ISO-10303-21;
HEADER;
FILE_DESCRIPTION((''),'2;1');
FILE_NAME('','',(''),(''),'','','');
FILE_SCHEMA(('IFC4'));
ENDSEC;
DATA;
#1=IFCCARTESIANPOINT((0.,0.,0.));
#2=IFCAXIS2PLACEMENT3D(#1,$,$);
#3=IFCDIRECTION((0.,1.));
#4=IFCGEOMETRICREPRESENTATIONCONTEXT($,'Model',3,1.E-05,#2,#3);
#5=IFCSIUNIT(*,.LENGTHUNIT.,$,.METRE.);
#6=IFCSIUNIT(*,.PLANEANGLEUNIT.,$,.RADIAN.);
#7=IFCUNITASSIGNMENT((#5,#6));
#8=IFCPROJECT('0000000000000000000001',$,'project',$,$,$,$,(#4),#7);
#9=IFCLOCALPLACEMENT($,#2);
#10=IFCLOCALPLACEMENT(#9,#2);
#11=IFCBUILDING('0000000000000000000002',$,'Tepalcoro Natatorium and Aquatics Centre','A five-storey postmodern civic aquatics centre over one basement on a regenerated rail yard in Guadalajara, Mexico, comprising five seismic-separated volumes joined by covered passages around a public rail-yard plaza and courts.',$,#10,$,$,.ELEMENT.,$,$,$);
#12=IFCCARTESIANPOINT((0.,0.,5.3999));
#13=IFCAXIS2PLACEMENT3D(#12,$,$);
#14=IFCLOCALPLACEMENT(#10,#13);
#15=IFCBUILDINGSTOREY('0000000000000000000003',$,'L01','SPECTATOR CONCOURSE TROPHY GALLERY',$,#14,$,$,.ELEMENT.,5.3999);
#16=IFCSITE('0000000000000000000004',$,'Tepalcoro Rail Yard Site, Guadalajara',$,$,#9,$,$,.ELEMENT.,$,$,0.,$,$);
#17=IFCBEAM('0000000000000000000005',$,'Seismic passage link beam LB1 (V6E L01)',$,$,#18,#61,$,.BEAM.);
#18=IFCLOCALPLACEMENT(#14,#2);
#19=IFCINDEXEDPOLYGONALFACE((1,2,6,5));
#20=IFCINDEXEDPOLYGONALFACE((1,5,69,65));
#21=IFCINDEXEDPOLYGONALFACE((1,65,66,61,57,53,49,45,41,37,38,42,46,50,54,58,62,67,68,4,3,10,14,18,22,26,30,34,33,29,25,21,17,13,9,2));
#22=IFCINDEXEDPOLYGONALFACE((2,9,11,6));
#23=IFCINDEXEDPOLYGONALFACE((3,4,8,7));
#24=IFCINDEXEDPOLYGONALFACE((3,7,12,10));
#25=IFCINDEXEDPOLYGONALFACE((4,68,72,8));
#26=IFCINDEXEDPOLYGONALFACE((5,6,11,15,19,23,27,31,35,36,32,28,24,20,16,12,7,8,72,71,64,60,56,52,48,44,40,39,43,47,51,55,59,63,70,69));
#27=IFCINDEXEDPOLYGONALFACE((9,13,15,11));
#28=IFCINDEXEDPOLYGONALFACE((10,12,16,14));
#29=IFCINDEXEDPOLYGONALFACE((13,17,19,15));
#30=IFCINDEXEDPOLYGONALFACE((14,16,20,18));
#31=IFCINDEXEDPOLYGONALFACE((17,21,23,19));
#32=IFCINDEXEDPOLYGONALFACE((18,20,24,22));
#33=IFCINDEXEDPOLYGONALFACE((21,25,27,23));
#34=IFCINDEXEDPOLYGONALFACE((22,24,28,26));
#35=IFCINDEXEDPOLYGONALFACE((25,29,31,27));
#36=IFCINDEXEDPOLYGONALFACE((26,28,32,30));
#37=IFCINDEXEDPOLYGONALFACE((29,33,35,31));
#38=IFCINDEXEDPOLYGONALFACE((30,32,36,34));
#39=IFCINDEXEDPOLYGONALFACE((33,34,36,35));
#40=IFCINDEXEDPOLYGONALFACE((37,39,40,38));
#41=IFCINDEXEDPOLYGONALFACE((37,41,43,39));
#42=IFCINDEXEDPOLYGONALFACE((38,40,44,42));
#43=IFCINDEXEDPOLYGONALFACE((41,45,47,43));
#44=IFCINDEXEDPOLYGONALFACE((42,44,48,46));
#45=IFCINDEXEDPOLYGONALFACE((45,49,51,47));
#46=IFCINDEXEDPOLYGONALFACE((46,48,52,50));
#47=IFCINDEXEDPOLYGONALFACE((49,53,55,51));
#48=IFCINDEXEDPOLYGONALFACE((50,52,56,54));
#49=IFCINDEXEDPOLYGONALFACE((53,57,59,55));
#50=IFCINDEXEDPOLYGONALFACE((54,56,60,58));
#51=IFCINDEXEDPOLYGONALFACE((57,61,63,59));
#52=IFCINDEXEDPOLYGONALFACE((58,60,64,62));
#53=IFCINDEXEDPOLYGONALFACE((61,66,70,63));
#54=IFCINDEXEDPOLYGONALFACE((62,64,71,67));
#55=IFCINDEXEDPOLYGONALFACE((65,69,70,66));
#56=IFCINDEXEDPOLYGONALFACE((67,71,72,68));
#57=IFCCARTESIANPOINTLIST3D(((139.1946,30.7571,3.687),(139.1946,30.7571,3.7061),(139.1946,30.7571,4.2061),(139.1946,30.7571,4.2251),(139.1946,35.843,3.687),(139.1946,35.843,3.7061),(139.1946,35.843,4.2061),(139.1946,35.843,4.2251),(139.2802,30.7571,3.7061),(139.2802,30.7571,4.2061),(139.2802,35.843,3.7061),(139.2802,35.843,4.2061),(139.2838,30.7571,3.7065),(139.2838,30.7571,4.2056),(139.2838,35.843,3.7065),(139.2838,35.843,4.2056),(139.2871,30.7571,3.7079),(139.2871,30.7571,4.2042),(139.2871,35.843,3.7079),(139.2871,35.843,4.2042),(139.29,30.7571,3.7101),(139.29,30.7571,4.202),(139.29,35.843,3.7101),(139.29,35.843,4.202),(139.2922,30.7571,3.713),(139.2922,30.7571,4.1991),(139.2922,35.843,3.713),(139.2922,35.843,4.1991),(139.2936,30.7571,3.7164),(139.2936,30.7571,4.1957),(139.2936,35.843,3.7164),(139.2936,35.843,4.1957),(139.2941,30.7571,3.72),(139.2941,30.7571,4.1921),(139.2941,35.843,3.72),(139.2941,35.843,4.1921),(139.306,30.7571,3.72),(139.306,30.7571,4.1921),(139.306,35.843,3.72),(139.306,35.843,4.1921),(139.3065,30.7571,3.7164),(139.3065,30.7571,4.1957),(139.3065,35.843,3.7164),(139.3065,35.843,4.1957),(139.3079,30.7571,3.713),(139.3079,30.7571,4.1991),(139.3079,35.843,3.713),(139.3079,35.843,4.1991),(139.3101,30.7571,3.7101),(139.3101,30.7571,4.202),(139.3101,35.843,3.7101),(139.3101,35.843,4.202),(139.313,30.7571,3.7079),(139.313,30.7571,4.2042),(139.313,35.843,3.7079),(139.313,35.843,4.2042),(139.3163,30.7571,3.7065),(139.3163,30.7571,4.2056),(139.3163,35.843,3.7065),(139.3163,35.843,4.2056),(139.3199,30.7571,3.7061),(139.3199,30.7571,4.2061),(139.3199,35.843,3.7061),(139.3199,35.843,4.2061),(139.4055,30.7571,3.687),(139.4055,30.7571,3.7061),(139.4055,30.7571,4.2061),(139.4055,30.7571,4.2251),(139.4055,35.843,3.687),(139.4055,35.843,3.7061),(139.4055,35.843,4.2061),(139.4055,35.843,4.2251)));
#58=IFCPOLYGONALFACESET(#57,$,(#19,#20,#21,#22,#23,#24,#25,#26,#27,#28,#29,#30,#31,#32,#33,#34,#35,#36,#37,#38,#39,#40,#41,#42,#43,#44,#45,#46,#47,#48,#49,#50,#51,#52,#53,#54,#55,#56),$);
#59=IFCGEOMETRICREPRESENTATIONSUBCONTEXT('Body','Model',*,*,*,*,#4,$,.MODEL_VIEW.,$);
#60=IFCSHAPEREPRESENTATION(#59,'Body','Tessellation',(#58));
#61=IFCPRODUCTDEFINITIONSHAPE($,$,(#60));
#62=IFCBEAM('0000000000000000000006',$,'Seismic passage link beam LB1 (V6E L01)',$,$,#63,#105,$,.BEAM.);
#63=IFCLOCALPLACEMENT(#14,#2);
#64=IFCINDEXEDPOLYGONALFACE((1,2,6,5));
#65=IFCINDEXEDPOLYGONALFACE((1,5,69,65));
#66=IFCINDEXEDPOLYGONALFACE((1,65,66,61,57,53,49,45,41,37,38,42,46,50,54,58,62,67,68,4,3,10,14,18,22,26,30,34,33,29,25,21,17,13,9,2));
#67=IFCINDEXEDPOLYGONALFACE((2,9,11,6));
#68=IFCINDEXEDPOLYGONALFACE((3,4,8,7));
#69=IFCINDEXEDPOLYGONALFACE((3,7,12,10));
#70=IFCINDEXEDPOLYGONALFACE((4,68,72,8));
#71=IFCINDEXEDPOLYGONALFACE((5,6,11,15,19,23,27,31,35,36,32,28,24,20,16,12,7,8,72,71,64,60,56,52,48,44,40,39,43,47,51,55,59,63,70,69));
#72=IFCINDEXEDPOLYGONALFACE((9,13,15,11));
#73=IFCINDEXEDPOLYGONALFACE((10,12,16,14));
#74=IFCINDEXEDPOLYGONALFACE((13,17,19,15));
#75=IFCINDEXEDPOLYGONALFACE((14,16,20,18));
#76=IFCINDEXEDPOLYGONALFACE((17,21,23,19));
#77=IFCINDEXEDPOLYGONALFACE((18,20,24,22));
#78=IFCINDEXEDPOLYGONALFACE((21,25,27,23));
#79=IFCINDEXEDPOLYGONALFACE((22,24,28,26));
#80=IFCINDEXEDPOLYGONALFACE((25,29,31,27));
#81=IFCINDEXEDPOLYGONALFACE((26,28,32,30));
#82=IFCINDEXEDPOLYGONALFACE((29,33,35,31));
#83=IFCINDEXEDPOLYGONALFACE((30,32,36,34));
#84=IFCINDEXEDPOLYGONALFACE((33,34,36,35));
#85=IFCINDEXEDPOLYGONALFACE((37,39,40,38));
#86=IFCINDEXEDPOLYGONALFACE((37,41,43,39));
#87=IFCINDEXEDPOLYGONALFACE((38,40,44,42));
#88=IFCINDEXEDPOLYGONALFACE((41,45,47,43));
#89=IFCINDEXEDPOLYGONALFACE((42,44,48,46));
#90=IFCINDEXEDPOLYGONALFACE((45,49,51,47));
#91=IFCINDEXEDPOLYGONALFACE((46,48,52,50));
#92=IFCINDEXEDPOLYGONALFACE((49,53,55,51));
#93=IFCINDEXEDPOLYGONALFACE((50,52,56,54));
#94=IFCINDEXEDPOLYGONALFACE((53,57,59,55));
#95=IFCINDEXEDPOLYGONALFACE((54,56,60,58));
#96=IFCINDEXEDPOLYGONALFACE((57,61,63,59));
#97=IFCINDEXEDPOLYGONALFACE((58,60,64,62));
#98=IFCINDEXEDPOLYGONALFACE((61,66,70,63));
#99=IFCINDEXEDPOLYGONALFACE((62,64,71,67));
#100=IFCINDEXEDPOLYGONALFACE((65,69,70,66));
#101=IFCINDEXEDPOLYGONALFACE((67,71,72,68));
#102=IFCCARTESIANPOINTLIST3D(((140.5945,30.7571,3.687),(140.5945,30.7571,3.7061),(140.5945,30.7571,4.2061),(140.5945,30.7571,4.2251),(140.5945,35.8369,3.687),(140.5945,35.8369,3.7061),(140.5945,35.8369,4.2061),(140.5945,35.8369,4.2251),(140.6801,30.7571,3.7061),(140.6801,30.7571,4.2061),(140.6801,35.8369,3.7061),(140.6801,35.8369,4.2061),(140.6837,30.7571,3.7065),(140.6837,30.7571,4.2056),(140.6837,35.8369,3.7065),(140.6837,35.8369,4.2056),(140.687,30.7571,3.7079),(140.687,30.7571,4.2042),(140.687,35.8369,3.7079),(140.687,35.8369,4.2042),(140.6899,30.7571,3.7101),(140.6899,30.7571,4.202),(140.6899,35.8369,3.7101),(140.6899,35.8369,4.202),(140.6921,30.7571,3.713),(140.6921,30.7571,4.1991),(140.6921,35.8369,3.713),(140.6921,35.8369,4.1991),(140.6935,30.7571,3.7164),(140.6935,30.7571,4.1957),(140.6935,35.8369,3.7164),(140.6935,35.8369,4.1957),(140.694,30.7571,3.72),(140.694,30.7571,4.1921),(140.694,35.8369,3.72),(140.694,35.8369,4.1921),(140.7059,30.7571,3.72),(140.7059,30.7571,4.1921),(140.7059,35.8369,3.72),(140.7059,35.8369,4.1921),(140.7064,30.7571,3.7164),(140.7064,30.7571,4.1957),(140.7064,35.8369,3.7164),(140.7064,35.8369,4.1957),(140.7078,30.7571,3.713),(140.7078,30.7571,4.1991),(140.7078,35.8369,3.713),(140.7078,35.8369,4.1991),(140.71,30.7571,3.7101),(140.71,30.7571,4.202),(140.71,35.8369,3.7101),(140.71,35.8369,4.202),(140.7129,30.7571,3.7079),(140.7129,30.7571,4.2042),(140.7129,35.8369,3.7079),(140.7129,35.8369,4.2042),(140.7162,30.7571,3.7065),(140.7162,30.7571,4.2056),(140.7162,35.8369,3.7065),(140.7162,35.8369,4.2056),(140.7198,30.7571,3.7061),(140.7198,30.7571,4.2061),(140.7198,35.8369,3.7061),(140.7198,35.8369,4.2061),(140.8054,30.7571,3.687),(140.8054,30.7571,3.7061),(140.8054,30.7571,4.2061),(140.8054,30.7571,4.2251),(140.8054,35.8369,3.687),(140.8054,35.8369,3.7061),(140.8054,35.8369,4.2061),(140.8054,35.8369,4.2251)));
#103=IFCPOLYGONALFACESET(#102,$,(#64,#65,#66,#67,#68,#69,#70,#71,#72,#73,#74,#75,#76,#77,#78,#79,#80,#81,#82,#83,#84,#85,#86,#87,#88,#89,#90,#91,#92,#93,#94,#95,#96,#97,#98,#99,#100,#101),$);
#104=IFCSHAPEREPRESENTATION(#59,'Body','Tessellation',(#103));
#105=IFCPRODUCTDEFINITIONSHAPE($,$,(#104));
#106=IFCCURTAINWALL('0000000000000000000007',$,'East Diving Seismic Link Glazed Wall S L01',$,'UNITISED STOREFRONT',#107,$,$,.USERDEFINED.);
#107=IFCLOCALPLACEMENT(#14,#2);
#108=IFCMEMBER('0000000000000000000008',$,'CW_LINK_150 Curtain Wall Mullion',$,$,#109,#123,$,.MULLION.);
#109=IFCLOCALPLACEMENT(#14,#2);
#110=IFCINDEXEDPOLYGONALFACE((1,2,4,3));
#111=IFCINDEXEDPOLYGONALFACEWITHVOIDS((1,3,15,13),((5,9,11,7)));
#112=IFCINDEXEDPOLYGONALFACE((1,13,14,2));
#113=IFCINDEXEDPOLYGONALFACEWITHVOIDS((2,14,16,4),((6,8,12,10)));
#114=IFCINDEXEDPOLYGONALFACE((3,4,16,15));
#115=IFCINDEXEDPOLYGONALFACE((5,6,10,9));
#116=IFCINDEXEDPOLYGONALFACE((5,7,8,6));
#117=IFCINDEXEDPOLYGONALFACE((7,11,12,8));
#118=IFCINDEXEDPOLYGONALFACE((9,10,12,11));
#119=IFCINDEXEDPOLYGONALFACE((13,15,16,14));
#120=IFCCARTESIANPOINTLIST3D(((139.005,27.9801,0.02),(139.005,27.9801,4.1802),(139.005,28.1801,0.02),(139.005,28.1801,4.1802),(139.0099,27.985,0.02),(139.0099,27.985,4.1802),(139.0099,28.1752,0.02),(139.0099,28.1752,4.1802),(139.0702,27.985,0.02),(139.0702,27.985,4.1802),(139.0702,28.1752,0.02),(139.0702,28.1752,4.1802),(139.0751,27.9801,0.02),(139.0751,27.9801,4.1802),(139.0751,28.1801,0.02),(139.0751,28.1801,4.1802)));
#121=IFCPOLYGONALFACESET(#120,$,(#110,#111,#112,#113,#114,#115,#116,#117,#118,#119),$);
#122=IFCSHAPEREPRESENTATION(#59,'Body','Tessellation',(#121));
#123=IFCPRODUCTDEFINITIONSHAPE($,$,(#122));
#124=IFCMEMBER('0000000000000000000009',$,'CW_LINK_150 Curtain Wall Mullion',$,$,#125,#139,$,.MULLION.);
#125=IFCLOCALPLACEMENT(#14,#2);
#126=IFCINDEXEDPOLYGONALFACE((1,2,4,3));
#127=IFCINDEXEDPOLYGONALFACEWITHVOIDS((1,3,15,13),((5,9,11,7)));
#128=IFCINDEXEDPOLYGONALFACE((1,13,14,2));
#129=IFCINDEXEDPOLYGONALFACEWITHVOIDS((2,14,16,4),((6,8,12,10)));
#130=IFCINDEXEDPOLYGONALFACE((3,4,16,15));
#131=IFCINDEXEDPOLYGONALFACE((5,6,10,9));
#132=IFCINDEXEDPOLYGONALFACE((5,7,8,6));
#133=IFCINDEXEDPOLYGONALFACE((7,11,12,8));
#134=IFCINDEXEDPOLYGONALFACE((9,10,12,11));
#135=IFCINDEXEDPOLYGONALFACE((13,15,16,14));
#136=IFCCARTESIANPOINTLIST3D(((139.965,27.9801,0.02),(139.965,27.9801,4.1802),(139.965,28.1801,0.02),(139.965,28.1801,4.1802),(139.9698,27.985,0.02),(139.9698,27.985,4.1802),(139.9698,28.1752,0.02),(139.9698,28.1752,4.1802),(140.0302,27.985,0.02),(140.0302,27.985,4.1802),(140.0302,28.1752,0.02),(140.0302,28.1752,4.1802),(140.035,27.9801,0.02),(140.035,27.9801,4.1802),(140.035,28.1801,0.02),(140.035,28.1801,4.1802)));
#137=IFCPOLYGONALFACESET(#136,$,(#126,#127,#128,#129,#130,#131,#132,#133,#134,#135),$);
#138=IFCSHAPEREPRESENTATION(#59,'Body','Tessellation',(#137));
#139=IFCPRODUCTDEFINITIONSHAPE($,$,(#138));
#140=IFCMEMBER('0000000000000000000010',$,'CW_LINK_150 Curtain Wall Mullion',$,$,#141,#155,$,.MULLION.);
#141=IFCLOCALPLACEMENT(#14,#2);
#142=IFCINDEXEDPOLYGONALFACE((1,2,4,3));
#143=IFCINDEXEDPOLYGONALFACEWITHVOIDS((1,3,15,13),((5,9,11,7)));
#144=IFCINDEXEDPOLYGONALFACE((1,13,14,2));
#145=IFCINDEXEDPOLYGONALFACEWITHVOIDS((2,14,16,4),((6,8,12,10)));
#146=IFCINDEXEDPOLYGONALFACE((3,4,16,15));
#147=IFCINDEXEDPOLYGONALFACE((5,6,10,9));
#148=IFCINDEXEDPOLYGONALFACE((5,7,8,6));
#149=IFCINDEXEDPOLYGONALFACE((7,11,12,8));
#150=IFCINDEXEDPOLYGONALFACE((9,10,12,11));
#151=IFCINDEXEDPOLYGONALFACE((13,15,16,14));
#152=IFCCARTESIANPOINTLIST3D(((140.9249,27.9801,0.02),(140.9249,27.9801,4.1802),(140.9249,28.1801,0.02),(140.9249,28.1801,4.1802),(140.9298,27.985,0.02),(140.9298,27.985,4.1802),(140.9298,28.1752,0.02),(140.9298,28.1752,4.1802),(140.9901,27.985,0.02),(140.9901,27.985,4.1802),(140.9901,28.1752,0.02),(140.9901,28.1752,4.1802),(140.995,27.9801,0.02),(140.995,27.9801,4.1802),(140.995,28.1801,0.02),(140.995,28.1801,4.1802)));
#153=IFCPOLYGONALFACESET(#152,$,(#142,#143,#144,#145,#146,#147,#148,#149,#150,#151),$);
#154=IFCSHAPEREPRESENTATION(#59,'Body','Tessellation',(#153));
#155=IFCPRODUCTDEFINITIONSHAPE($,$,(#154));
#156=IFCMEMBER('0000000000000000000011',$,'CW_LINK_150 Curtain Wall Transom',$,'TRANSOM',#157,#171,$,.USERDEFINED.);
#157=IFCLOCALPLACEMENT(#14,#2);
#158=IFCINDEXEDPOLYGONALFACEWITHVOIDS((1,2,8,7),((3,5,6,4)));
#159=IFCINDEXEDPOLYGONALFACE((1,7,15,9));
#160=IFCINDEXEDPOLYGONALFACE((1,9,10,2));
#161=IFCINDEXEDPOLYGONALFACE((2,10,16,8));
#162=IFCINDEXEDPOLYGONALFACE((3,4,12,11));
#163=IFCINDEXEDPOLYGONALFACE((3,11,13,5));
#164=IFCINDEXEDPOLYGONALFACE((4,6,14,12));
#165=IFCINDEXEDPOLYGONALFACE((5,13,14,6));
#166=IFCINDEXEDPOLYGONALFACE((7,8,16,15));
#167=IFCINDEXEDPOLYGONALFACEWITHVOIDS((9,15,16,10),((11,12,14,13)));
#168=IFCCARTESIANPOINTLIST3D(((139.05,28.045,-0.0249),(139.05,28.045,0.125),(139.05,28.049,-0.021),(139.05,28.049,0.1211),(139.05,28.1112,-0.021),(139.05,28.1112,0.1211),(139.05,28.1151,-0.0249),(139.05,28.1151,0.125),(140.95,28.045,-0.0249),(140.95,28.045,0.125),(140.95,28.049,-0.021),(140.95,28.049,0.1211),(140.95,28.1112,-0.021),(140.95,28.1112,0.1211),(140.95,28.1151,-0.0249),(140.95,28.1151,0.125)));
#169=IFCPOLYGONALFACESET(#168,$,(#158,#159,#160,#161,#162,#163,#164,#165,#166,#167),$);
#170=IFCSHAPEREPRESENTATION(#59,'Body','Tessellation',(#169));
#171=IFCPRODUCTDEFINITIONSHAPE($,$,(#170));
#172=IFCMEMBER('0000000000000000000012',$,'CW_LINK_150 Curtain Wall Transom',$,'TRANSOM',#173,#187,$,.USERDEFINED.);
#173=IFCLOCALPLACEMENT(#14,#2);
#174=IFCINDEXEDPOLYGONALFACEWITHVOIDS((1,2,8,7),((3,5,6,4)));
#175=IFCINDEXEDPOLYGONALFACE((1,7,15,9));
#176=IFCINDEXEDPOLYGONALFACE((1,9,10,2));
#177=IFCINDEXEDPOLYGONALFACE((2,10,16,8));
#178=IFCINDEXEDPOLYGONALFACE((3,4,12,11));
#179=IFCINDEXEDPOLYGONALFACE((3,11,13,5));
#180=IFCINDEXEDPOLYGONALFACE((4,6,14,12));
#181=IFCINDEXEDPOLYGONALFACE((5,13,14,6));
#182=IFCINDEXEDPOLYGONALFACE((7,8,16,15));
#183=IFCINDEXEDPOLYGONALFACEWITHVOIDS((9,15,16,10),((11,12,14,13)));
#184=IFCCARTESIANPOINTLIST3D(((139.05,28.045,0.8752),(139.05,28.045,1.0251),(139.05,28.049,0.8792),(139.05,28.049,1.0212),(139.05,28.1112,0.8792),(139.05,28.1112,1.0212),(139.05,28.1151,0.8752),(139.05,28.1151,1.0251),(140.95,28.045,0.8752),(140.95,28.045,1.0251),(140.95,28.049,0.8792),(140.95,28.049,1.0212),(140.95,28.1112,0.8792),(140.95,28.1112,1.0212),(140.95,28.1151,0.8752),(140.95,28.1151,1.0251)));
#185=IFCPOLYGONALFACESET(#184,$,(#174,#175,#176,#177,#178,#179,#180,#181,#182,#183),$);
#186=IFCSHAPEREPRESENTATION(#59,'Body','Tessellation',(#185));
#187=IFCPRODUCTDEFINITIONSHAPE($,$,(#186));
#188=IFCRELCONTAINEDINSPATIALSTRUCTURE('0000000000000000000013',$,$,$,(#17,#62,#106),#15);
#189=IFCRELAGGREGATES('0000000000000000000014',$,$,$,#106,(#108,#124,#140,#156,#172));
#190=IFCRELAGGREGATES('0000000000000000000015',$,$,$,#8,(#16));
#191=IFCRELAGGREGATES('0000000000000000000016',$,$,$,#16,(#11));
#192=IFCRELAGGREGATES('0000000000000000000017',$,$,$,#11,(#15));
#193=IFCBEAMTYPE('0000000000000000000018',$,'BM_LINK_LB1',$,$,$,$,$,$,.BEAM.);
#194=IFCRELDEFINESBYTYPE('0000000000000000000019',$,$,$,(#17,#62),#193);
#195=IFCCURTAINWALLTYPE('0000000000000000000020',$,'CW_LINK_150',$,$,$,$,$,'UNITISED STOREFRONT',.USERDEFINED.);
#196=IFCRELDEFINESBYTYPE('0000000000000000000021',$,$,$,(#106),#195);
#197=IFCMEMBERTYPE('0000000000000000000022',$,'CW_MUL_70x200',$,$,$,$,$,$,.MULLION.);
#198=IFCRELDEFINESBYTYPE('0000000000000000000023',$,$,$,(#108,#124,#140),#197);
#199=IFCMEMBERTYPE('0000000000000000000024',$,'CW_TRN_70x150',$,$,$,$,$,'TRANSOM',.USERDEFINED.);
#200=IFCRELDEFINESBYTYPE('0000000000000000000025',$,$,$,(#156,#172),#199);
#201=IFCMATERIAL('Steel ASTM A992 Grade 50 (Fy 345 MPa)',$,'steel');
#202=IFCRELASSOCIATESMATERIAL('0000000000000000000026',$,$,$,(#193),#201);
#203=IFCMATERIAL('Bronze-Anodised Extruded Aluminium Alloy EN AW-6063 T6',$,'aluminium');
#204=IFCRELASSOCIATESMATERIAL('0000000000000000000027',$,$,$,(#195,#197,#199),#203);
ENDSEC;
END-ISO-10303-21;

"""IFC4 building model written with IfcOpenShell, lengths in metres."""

from ifc_helpers import new_model, si_unit, direction, frame, origin, origin_2d, place, context, subcontext, project, spatial, hollow_rectangle, i_section, extrude, material, material_profile, profile_set, type_object, element, aggregate, save


model = new_model("IFC4")

# Units and contexts
model_context = context("Model", 3, precision=1e-05, world=origin(), true_north=direction((0.0, 1.0)))
body_context = subcontext(model_context, "Body", "Model", "MODEL_VIEW")
ifc_project = project(units=[si_unit("LENGTHUNIT", "METRE"), si_unit("PLANEANGLEUNIT", "RADIAN")], contexts=[model_context])

# Site, building, storey
site_placement = place(None, origin())
site = spatial("IfcSite", under=ifc_project, at=site_placement, Name="Tepalcoro Rail Yard Site, Guadalajara", CompositionType="ELEMENT", RefElevation=0.0)
building_placement = place(site_placement, origin())
building = spatial("IfcBuilding", under=site, at=building_placement, Name="Tepalcoro Natatorium and Aquatics Centre", Description="A five-storey postmodern civic aquatics centre over one basement on a regenerated rail yard in Guadalajara, Mexico, comprising five seismic-separated volumes joined by covered passages around a public rail-yard plaza and courts.", CompositionType="ELEMENT")
storey_placement = place(building_placement, frame((0.0, 0.0, 5.3999)))
storey = spatial("IfcBuildingStorey", under=building, at=storey_placement, Name="L01", Description="SPECTATOR CONCOURSE TROPHY GALLERY", CompositionType="ELEMENT", Elevation=5.3999)

# Shared definitions
ifc_material_1 = material(Name="Steel ASTM A992 Grade 50 (Fy 345 MPa)", Category="steel")

# Beams
ifc_material_profile_1 = material_profile(ifc_material_1, i_section(OverallWidth=0.2109, OverallDepth=0.5381, WebThickness=0.012, FlangeThickness=0.019, FilletRadius=0.0139, at=origin_2d()), Name="W21X73")
ifc_profile_set_1 = profile_set([ifc_material_profile_1], Name="Steel ASTM A992 Grade 50 (Fy 345 MPa)")
beam_type_1 = type_object("IfcBeamType", Name="BM_LINK_LB1", PredefinedType="BEAM", material=ifc_profile_set_1)
beam_1_placement = place(storey_placement, frame((139.3, 30.7571, 3.9561), z_axis=(0.0, 1.0, 0.0), x_axis=(-1.0, 0.0, 0.0)))
element("IfcBeam", 1, at=beam_1_placement, inside=storey, type_object=beam_type_1, Name="Seismic passage link beam LB1 (V6E L01)", PredefinedType="BEAM", context=body_context, shape_type="SweptSolid", body=[
    extrude(i_section(OverallWidth=0.2109, OverallDepth=0.5381, WebThickness=0.012, FlangeThickness=0.019, FilletRadius=0.0139, at=origin_2d()), origin(), (0.0, 0.0, 1.0), 5.0859),
])
beam_2_placement = place(storey_placement, frame((140.7, 30.7571, 3.9561), z_axis=(0.0, 1.0, 0.0), x_axis=(-1.0, 0.0, 0.0)))
element("IfcBeam", 2, at=beam_2_placement, inside=storey, type_object=beam_type_1, Name="Seismic passage link beam LB1 (V6E L01)", PredefinedType="BEAM", context=body_context, shape_type="SweptSolid", body=[
    extrude(i_section(OverallWidth=0.2109, OverallDepth=0.5381, WebThickness=0.012, FlangeThickness=0.019, FilletRadius=0.0139, at=origin_2d()), origin(), (0.0, 0.0, 1.0), 5.0798),
])

# Curtain wall, members
ifc_material_2 = material(Name="Bronze-Anodised Extruded Aluminium Alloy EN AW-6063 T6", Category="aluminium")
curtain_wall_type = type_object("IfcCurtainWallType", Name="CW_LINK_150", ElementType="UNITISED STOREFRONT", PredefinedType="USERDEFINED", material=ifc_material_2)
curtain_wall_placement = place(storey_placement, origin())
curtain_wall = element("IfcCurtainWall", 3, at=curtain_wall_placement, inside=storey, type_object=curtain_wall_type, Name="East Diving Seismic Link Glazed Wall S L01", ObjectType="UNITISED STOREFRONT", PredefinedType="USERDEFINED")
ifc_material_profile_2 = material_profile(ifc_material_2, hollow_rectangle(XDim=0.0701, YDim=0.2, WallThickness=0.0049, at=origin_2d()), Name="AL70X200X5")
ifc_profile_set_2 = profile_set([ifc_material_profile_2], Name="Bronze-Anodised Extruded Aluminium Alloy EN AW-6063 T6")
member_type_1 = type_object("IfcMemberType", Name="CW_MUL_70x200", PredefinedType="MULLION", material=ifc_profile_set_2)
member_1_placement = place(storey_placement, frame((139.04, 28.0801, 0.02), z_axis=(0.0, 0.0, 1.0), x_axis=(1.0, 0.0, 0.0)))
member_1 = element("IfcMember", 4, at=member_1_placement, type_object=member_type_1, Name="CW_LINK_150 Curtain Wall Mullion", PredefinedType="MULLION", context=body_context, shape_type="SweptSolid", body=[
    extrude(hollow_rectangle(XDim=0.0701, YDim=0.2, WallThickness=0.0049, at=origin_2d()), origin(), (0.0, 0.0, 1.0), 4.1602),
])
member_2_placement = place(storey_placement, frame((140.0, 28.0801, 0.02), z_axis=(0.0, 0.0, 1.0), x_axis=(1.0, 0.0, 0.0)))
member_2 = element("IfcMember", 5, at=member_2_placement, type_object=member_type_1, Name="CW_LINK_150 Curtain Wall Mullion", PredefinedType="MULLION", context=body_context, shape_type="SweptSolid", body=[
    extrude(hollow_rectangle(XDim=0.0701, YDim=0.2, WallThickness=0.0049, at=origin_2d()), origin(), (0.0, 0.0, 1.0), 4.1602),
])
member_3_placement = place(storey_placement, frame((140.96, 28.0801, 0.02), z_axis=(0.0, 0.0, 1.0), x_axis=(1.0, 0.0, 0.0)))
member_3 = element("IfcMember", 6, at=member_3_placement, type_object=member_type_1, Name="CW_LINK_150 Curtain Wall Mullion", PredefinedType="MULLION", context=body_context, shape_type="SweptSolid", body=[
    extrude(hollow_rectangle(XDim=0.0701, YDim=0.2, WallThickness=0.0049, at=origin_2d()), origin(), (0.0, 0.0, 1.0), 4.1602),
])
ifc_material_profile_3 = material_profile(ifc_material_2, hollow_rectangle(XDim=0.0701, YDim=0.1499, WallThickness=0.0039, at=origin_2d()), Name="AL70X150X4")
ifc_profile_set_3 = profile_set([ifc_material_profile_3], Name="Bronze-Anodised Extruded Aluminium Alloy EN AW-6063 T6")
member_type_2 = type_object("IfcMemberType", Name="CW_TRN_70x150", ElementType="TRANSOM", PredefinedType="USERDEFINED", material=ifc_profile_set_3)
member_4_placement = place(storey_placement, frame((139.05, 28.0801, 0.05), z_axis=(1.0, 0.0, 0.0), x_axis=(0.0, 1.0, 0.0)))
member_4 = element("IfcMember", 7, at=member_4_placement, type_object=member_type_2, Name="CW_LINK_150 Curtain Wall Transom", ObjectType="TRANSOM", PredefinedType="USERDEFINED", context=body_context, shape_type="SweptSolid", body=[
    extrude(hollow_rectangle(XDim=0.0701, YDim=0.1499, WallThickness=0.0039, at=origin_2d()), origin(), (0.0, 0.0, 1.0), 1.8999),
])
member_5_placement = place(storey_placement, frame((139.05, 28.0801, 0.9502), z_axis=(1.0, 0.0, 0.0), x_axis=(0.0, 1.0, 0.0)))
member_5 = element("IfcMember", 8, at=member_5_placement, type_object=member_type_2, Name="CW_LINK_150 Curtain Wall Transom", ObjectType="TRANSOM", PredefinedType="USERDEFINED", context=body_context, shape_type="SweptSolid", body=[
    extrude(hollow_rectangle(XDim=0.0701, YDim=0.1499, WallThickness=0.0039, at=origin_2d()), origin(), (0.0, 0.0, 1.0), 1.8999),
])

aggregate(curtain_wall, [member_1, member_2, member_3, member_4, member_5])

save(model, "model.ifc")
